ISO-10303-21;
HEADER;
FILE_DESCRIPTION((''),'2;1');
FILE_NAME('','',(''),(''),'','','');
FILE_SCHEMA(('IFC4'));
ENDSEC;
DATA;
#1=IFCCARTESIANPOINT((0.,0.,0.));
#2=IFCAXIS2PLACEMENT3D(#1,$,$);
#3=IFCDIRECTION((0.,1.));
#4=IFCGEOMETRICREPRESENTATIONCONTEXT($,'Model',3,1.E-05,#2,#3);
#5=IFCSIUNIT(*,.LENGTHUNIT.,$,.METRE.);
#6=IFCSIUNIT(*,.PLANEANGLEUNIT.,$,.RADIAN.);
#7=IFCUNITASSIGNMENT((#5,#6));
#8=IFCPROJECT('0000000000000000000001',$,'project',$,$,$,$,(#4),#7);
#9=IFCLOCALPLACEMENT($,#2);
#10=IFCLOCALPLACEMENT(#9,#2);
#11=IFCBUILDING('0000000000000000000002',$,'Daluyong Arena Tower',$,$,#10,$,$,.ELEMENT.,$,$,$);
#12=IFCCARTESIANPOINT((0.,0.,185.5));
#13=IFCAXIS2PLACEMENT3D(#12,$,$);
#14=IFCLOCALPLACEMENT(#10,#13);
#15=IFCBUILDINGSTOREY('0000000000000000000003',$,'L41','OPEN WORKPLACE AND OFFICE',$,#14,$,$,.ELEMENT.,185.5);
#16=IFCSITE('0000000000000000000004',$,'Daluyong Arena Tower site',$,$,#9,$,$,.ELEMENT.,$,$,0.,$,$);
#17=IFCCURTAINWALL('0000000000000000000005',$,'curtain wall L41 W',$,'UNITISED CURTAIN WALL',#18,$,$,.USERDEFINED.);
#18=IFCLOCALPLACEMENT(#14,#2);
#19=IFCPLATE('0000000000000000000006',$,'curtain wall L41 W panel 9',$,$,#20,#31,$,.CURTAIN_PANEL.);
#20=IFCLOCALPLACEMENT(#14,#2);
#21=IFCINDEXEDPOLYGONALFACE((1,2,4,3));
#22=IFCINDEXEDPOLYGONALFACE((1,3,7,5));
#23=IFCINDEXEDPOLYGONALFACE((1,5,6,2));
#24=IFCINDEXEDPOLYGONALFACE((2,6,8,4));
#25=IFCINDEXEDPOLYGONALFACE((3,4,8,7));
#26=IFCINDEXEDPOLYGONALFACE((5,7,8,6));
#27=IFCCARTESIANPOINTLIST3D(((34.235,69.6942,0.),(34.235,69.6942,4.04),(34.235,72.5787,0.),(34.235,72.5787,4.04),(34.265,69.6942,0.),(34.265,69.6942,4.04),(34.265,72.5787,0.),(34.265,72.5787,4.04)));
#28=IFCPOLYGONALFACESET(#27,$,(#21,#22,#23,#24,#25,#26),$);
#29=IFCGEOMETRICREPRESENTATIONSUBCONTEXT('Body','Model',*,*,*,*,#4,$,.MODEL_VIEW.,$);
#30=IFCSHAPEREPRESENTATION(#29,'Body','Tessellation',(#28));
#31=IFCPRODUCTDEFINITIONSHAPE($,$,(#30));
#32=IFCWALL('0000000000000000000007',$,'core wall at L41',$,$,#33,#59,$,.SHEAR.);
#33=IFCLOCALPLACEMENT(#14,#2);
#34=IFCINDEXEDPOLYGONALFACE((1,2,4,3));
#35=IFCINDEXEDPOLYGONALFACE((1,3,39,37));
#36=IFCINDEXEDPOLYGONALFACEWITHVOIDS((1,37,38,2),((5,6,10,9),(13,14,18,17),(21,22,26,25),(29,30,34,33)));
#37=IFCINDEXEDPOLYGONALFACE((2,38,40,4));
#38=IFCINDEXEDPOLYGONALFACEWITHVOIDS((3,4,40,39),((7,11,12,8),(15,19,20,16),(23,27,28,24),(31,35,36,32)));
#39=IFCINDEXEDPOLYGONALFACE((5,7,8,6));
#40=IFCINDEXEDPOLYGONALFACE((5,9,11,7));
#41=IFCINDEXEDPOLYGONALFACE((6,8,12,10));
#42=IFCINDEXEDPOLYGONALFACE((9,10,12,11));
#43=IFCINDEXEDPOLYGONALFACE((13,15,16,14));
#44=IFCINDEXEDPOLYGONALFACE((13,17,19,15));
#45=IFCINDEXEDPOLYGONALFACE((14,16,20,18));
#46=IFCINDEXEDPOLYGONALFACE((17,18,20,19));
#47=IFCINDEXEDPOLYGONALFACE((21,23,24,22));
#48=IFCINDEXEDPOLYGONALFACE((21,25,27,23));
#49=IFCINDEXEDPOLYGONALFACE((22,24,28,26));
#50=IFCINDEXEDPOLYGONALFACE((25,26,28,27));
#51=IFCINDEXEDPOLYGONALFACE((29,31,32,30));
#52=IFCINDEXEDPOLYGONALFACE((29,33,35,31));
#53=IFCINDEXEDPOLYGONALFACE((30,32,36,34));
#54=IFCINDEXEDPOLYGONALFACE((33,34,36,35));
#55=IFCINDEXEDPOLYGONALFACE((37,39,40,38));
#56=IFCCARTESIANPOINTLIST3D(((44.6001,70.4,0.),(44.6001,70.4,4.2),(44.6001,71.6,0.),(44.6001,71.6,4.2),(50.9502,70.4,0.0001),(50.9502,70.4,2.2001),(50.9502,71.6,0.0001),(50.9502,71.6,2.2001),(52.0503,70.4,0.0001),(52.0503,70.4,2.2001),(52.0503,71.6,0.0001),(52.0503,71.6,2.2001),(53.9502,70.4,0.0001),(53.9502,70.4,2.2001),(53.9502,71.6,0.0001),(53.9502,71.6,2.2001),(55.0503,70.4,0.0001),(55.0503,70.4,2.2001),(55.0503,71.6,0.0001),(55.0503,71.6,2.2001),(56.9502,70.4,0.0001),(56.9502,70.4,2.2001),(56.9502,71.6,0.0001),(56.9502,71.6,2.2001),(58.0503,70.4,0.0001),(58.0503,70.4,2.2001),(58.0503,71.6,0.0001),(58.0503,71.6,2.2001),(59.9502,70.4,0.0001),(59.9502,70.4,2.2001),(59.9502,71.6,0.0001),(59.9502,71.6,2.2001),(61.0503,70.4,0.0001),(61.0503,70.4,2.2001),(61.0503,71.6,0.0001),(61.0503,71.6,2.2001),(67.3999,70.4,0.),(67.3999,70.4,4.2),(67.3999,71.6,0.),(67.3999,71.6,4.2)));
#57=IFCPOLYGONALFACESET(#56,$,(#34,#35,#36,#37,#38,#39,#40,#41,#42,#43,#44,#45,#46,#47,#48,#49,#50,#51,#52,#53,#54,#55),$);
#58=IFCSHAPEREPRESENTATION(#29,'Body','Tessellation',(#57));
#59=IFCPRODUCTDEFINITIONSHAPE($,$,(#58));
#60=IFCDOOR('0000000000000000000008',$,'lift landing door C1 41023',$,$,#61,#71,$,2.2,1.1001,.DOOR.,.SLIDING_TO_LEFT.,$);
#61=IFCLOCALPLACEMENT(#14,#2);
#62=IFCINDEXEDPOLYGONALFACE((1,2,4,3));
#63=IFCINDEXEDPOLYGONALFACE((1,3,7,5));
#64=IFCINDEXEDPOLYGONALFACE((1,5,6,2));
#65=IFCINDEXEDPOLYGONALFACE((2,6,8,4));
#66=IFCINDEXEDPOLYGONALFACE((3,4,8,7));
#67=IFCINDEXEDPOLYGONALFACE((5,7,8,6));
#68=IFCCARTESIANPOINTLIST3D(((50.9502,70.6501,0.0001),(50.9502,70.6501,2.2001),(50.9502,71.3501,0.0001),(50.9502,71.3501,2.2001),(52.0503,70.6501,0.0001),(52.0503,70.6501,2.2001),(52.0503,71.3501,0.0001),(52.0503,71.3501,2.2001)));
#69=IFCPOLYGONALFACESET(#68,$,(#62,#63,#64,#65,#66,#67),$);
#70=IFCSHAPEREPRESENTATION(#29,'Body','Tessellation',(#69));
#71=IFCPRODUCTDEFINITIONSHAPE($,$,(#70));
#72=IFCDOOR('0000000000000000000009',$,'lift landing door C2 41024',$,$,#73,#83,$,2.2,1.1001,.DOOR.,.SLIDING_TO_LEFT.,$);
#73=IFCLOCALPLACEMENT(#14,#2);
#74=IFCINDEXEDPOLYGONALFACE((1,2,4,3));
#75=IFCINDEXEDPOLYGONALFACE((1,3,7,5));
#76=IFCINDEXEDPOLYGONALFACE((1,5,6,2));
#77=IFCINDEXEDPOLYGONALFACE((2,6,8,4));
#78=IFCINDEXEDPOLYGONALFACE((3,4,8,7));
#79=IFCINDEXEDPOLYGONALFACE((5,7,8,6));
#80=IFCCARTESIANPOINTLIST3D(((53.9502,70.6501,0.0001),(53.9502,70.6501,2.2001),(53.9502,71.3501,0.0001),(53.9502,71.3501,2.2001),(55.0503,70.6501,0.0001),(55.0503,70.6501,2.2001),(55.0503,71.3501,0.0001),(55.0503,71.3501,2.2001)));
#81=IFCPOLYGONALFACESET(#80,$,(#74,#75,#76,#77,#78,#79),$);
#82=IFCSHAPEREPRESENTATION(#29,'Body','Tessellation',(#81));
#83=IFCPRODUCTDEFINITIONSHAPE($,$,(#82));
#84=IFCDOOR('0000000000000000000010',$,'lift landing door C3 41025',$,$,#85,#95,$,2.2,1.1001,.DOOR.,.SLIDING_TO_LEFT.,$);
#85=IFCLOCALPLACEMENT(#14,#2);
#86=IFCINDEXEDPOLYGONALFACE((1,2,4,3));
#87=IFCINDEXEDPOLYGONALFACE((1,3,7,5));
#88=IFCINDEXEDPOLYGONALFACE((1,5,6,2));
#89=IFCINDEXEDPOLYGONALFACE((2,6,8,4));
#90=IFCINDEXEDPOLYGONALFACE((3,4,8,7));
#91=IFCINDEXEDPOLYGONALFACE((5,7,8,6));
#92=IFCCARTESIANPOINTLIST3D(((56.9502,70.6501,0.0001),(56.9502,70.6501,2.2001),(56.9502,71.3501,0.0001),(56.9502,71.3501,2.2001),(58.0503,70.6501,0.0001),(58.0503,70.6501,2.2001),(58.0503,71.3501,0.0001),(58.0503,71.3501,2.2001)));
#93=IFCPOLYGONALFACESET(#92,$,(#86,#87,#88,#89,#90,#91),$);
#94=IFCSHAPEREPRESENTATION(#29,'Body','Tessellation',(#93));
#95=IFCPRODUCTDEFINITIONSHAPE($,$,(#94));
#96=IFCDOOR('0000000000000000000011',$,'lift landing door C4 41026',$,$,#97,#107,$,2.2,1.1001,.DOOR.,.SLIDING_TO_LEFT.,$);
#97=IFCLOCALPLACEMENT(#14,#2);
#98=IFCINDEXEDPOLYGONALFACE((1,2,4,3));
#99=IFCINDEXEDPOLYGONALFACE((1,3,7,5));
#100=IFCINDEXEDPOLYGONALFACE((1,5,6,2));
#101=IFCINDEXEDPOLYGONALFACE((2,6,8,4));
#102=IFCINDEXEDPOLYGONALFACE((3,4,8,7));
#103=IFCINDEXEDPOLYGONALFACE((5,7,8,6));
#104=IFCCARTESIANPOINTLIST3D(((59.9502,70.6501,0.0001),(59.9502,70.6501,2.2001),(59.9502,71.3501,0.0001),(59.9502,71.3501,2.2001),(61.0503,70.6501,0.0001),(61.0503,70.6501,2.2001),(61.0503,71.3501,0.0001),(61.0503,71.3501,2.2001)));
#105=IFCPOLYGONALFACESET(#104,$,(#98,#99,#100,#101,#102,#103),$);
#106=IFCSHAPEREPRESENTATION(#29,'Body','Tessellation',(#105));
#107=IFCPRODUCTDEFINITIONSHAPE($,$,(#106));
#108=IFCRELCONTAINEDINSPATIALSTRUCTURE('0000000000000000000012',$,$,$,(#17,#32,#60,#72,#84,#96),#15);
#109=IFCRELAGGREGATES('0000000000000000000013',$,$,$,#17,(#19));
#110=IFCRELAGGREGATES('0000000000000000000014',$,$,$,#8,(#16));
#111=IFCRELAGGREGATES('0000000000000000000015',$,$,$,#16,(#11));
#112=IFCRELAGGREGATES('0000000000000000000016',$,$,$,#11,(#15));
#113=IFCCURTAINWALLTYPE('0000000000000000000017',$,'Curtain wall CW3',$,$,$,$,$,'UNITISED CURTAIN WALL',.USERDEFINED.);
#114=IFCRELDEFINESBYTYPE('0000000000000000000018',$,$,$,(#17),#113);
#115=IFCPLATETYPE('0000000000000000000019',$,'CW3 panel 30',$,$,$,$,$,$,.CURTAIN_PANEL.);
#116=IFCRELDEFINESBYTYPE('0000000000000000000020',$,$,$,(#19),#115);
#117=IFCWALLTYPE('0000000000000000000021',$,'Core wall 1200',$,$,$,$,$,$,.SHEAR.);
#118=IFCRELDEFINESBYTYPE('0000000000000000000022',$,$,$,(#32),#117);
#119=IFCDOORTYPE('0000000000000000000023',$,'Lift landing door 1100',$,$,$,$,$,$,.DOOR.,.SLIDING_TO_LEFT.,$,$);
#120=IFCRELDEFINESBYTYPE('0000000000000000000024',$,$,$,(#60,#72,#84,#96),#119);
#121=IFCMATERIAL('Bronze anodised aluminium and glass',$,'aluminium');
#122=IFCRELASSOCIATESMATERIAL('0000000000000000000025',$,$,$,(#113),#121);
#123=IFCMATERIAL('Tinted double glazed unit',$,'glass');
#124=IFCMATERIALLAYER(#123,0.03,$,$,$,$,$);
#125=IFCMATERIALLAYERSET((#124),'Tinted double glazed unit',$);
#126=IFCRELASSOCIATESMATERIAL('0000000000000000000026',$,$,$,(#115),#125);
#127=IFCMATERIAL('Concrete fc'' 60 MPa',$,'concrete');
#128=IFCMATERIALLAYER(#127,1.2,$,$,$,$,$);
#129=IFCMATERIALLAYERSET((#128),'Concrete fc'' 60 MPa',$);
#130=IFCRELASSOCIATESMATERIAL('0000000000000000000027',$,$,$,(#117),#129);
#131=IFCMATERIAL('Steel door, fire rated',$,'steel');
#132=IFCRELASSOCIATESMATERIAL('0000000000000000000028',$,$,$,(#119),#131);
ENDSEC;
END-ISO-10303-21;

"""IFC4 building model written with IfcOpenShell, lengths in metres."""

from ifc_helpers import new_model, si_unit, direction, frame, frame_2d, origin, origin_2d, place, context, subcontext, project, spatial, rectangle, extrude, material, layer, layer_set, type_object, element, fill, aggregate, save


model = new_model("IFC4")

# Units and contexts
model_context = context("Model", 3, precision=1e-05, world=origin(), true_north=direction((0.0, 1.0)))
body_context = subcontext(model_context, "Body", "Model", "MODEL_VIEW")
ifc_project = project(units=[si_unit("LENGTHUNIT", "METRE"), si_unit("PLANEANGLEUNIT", "RADIAN")], contexts=[model_context])

# Site, building, storey
site_placement = place(None, origin())
site = spatial("IfcSite", under=ifc_project, at=site_placement, Name="Daluyong Arena Tower site", CompositionType="ELEMENT", RefElevation=0.0)
building_placement = place(site_placement, origin())
building = spatial("IfcBuilding", under=site, at=building_placement, Name="Daluyong Arena Tower", CompositionType="ELEMENT")
storey_placement = place(building_placement, frame((0.0, 0.0, 185.5)))
storey = spatial("IfcBuildingStorey", under=building, at=storey_placement, Name="L41", Description="OPEN WORKPLACE AND OFFICE", CompositionType="ELEMENT", Elevation=185.5)

# Curtain wall
ifc_material_1 = material(Name="Bronze anodised aluminium and glass", Category="aluminium")
curtain_wall_type = type_object("IfcCurtainWallType", Name="Curtain wall CW3", ElementType="UNITISED CURTAIN WALL", PredefinedType="USERDEFINED", material=ifc_material_1)
curtain_wall_placement = place(storey_placement, origin())
curtain_wall = element("IfcCurtainWall", 1, at=curtain_wall_placement, inside=storey, type_object=curtain_wall_type, Name="curtain wall L41 W", ObjectType="UNITISED CURTAIN WALL", PredefinedType="USERDEFINED")

# Plate
ifc_material_2 = material(Name="Tinted double glazed unit", Category="glass")
ifc_layer_1 = layer(ifc_material_2, 0.03)
ifc_layer_set_1 = layer_set([ifc_layer_1], Name="Tinted double glazed unit")
plate_type = type_object("IfcPlateType", Name="CW3 panel 30", PredefinedType="CURTAIN_PANEL", material=ifc_layer_set_1)
plate_1_placement = place(storey_placement, frame((34.25, 71.1365, 0.0), z_axis=(0.0, 0.0, 1.0), x_axis=(0.0, -1.0, 0.0)))
plate_1 = element("IfcPlate", 2, at=plate_1_placement, type_object=plate_type, Name="curtain wall L41 W panel 9", PredefinedType="CURTAIN_PANEL", context=body_context, shape_type="SweptSolid", body=[
    extrude(rectangle(XDim=2.8845, YDim=0.03, at=origin_2d()), origin(), (0.0, 0.0, 1.0), 4.04),
])
aggregate(curtain_wall, [plate_1])

# Shared definitions
ifc_material_3 = material(Name="Concrete fc' 60 MPa", Category="concrete")
ifc_layer_2 = layer(ifc_material_3, 1.2)
ifc_layer_set_2 = layer_set([ifc_layer_2], Name="Concrete fc' 60 MPa")
wall_type_1 = type_object("IfcWallType", Name="Core wall 1200", PredefinedType="SHEAR", material=ifc_layer_set_2)

# Wall, openings, doors
wall_1_placement = place(storey_placement, frame((44.6001, 71.0, 0.0), z_axis=(0.0, 0.0, 1.0), x_axis=(1.0, 0.0, 0.0)))
wall_1 = element("IfcWall", 3, at=wall_1_placement, inside=storey, type_object=wall_type_1, Name="core wall at L41", PredefinedType="SHEAR", context=body_context, shape_type="SweptSolid", body=[
    extrude(rectangle(XDim=22.7998, YDim=1.2, at=frame_2d((11.3999, 0.0))), origin(), (0.0, 0.0, 1.0), 4.2),
])
opening_1_placement = place(wall_1_placement, frame((6.3501, 0.0, 0.0)))
opening_1 = element("IfcOpeningElement", 4, at=opening_1_placement, cuts=wall_1, PredefinedType="OPENING", context=body_context, shape_type="SweptSolid", body=[
    extrude(rectangle(XDim=1.1001, YDim=2.2, at=frame_2d((0.55, 1.1001))), frame((0.0, 0.6099, 0.0), z_axis=(0.0, -1.0, 0.0), x_axis=(1.0, 0.0, 0.0)), (0.0, 0.0, 1.0), 1.22),
])
opening_2_placement = place(wall_1_placement, frame((9.3501, 0.0, 0.0)))
opening_2 = element("IfcOpeningElement", 5, at=opening_2_placement, cuts=wall_1, PredefinedType="OPENING", context=body_context, shape_type="SweptSolid", body=[
    extrude(rectangle(XDim=1.1001, YDim=2.2, at=frame_2d((0.55, 1.1001))), frame((0.0, 0.6099, 0.0), z_axis=(0.0, -1.0, 0.0), x_axis=(1.0, 0.0, 0.0)), (0.0, 0.0, 1.0), 1.22),
])
opening_3_placement = place(wall_1_placement, frame((12.3501, 0.0, 0.0)))
opening_3 = element("IfcOpeningElement", 6, at=opening_3_placement, cuts=wall_1, PredefinedType="OPENING", context=body_context, shape_type="SweptSolid", body=[
    extrude(rectangle(XDim=1.1001, YDim=2.2, at=frame_2d((0.55, 1.1001))), frame((0.0, 0.6099, 0.0), z_axis=(0.0, -1.0, 0.0), x_axis=(1.0, 0.0, 0.0)), (0.0, 0.0, 1.0), 1.22),
])
opening_4_placement = place(wall_1_placement, frame((15.3501, 0.0, 0.0)))
opening_4 = element("IfcOpeningElement", 7, at=opening_4_placement, cuts=wall_1, PredefinedType="OPENING", context=body_context, shape_type="SweptSolid", body=[
    extrude(rectangle(XDim=1.1001, YDim=2.2, at=frame_2d((0.55, 1.1001))), frame((0.0, 0.6099, 0.0), z_axis=(0.0, -1.0, 0.0), x_axis=(1.0, 0.0, 0.0)), (0.0, 0.0, 1.0), 1.22),
])
ifc_material_4 = material(Name="Steel door, fire rated", Category="steel")
door_type_1 = type_object("IfcDoorType", Name="Lift landing door 1100", OperationType="SLIDING_TO_LEFT", PredefinedType="DOOR", material=ifc_material_4)
door_1_placement = place(opening_1_placement, origin())
door_1 = element("IfcDoor", 8, at=door_1_placement, inside=storey, type_object=door_type_1, Name="lift landing door C1 41023", OperationType="SLIDING_TO_LEFT", OverallHeight=2.2, OverallWidth=1.1001, PredefinedType="DOOR", context=body_context, shape_type="SweptSolid", body=[
    extrude(rectangle(XDim=1.1001, YDim=2.2, at=frame_2d((0.55, 1.1001))), frame((0.0, 0.3501, 0.0), z_axis=(0.0, -1.0, 0.0), x_axis=(1.0, 0.0, 0.0)), (0.0, 0.0, 1.0), 0.7),
])
fill(opening_1, door_1)
door_2_placement = place(opening_2_placement, origin())
door_2 = element("IfcDoor", 9, at=door_2_placement, inside=storey, type_object=door_type_1, Name="lift landing door C2 41024", OperationType="SLIDING_TO_LEFT", OverallHeight=2.2, OverallWidth=1.1001, PredefinedType="DOOR", context=body_context, shape_type="SweptSolid", body=[
    extrude(rectangle(XDim=1.1001, YDim=2.2, at=frame_2d((0.55, 1.1001))), frame((0.0, 0.3501, 0.0), z_axis=(0.0, -1.0, 0.0), x_axis=(1.0, 0.0, 0.0)), (0.0, 0.0, 1.0), 0.7),
])
fill(opening_2, door_2)
door_3_placement = place(opening_3_placement, origin())
door_3 = element("IfcDoor", 10, at=door_3_placement, inside=storey, type_object=door_type_1, Name="lift landing door C3 41025", OperationType="SLIDING_TO_LEFT", OverallHeight=2.2, OverallWidth=1.1001, PredefinedType="DOOR", context=body_context, shape_type="SweptSolid", body=[
    extrude(rectangle(XDim=1.1001, YDim=2.2, at=frame_2d((0.55, 1.1001))), frame((0.0, 0.3501, 0.0), z_axis=(0.0, -1.0, 0.0), x_axis=(1.0, 0.0, 0.0)), (0.0, 0.0, 1.0), 0.7),
])
fill(opening_3, door_3)
door_4_placement = place(opening_4_placement, origin())
door_4 = element("IfcDoor", 11, at=door_4_placement, inside=storey, type_object=door_type_1, Name="lift landing door C4 41026", OperationType="SLIDING_TO_LEFT", OverallHeight=2.2, OverallWidth=1.1001, PredefinedType="DOOR", context=body_context, shape_type="SweptSolid", body=[
    extrude(rectangle(XDim=1.1001, YDim=2.2, at=frame_2d((0.55, 1.1001))), frame((0.0, 0.3501, 0.0), z_axis=(0.0, -1.0, 0.0), x_axis=(1.0, 0.0, 0.0)), (0.0, 0.0, 1.0), 0.7),
])
fill(opening_4, door_4)

save(model, "model.ifc")
